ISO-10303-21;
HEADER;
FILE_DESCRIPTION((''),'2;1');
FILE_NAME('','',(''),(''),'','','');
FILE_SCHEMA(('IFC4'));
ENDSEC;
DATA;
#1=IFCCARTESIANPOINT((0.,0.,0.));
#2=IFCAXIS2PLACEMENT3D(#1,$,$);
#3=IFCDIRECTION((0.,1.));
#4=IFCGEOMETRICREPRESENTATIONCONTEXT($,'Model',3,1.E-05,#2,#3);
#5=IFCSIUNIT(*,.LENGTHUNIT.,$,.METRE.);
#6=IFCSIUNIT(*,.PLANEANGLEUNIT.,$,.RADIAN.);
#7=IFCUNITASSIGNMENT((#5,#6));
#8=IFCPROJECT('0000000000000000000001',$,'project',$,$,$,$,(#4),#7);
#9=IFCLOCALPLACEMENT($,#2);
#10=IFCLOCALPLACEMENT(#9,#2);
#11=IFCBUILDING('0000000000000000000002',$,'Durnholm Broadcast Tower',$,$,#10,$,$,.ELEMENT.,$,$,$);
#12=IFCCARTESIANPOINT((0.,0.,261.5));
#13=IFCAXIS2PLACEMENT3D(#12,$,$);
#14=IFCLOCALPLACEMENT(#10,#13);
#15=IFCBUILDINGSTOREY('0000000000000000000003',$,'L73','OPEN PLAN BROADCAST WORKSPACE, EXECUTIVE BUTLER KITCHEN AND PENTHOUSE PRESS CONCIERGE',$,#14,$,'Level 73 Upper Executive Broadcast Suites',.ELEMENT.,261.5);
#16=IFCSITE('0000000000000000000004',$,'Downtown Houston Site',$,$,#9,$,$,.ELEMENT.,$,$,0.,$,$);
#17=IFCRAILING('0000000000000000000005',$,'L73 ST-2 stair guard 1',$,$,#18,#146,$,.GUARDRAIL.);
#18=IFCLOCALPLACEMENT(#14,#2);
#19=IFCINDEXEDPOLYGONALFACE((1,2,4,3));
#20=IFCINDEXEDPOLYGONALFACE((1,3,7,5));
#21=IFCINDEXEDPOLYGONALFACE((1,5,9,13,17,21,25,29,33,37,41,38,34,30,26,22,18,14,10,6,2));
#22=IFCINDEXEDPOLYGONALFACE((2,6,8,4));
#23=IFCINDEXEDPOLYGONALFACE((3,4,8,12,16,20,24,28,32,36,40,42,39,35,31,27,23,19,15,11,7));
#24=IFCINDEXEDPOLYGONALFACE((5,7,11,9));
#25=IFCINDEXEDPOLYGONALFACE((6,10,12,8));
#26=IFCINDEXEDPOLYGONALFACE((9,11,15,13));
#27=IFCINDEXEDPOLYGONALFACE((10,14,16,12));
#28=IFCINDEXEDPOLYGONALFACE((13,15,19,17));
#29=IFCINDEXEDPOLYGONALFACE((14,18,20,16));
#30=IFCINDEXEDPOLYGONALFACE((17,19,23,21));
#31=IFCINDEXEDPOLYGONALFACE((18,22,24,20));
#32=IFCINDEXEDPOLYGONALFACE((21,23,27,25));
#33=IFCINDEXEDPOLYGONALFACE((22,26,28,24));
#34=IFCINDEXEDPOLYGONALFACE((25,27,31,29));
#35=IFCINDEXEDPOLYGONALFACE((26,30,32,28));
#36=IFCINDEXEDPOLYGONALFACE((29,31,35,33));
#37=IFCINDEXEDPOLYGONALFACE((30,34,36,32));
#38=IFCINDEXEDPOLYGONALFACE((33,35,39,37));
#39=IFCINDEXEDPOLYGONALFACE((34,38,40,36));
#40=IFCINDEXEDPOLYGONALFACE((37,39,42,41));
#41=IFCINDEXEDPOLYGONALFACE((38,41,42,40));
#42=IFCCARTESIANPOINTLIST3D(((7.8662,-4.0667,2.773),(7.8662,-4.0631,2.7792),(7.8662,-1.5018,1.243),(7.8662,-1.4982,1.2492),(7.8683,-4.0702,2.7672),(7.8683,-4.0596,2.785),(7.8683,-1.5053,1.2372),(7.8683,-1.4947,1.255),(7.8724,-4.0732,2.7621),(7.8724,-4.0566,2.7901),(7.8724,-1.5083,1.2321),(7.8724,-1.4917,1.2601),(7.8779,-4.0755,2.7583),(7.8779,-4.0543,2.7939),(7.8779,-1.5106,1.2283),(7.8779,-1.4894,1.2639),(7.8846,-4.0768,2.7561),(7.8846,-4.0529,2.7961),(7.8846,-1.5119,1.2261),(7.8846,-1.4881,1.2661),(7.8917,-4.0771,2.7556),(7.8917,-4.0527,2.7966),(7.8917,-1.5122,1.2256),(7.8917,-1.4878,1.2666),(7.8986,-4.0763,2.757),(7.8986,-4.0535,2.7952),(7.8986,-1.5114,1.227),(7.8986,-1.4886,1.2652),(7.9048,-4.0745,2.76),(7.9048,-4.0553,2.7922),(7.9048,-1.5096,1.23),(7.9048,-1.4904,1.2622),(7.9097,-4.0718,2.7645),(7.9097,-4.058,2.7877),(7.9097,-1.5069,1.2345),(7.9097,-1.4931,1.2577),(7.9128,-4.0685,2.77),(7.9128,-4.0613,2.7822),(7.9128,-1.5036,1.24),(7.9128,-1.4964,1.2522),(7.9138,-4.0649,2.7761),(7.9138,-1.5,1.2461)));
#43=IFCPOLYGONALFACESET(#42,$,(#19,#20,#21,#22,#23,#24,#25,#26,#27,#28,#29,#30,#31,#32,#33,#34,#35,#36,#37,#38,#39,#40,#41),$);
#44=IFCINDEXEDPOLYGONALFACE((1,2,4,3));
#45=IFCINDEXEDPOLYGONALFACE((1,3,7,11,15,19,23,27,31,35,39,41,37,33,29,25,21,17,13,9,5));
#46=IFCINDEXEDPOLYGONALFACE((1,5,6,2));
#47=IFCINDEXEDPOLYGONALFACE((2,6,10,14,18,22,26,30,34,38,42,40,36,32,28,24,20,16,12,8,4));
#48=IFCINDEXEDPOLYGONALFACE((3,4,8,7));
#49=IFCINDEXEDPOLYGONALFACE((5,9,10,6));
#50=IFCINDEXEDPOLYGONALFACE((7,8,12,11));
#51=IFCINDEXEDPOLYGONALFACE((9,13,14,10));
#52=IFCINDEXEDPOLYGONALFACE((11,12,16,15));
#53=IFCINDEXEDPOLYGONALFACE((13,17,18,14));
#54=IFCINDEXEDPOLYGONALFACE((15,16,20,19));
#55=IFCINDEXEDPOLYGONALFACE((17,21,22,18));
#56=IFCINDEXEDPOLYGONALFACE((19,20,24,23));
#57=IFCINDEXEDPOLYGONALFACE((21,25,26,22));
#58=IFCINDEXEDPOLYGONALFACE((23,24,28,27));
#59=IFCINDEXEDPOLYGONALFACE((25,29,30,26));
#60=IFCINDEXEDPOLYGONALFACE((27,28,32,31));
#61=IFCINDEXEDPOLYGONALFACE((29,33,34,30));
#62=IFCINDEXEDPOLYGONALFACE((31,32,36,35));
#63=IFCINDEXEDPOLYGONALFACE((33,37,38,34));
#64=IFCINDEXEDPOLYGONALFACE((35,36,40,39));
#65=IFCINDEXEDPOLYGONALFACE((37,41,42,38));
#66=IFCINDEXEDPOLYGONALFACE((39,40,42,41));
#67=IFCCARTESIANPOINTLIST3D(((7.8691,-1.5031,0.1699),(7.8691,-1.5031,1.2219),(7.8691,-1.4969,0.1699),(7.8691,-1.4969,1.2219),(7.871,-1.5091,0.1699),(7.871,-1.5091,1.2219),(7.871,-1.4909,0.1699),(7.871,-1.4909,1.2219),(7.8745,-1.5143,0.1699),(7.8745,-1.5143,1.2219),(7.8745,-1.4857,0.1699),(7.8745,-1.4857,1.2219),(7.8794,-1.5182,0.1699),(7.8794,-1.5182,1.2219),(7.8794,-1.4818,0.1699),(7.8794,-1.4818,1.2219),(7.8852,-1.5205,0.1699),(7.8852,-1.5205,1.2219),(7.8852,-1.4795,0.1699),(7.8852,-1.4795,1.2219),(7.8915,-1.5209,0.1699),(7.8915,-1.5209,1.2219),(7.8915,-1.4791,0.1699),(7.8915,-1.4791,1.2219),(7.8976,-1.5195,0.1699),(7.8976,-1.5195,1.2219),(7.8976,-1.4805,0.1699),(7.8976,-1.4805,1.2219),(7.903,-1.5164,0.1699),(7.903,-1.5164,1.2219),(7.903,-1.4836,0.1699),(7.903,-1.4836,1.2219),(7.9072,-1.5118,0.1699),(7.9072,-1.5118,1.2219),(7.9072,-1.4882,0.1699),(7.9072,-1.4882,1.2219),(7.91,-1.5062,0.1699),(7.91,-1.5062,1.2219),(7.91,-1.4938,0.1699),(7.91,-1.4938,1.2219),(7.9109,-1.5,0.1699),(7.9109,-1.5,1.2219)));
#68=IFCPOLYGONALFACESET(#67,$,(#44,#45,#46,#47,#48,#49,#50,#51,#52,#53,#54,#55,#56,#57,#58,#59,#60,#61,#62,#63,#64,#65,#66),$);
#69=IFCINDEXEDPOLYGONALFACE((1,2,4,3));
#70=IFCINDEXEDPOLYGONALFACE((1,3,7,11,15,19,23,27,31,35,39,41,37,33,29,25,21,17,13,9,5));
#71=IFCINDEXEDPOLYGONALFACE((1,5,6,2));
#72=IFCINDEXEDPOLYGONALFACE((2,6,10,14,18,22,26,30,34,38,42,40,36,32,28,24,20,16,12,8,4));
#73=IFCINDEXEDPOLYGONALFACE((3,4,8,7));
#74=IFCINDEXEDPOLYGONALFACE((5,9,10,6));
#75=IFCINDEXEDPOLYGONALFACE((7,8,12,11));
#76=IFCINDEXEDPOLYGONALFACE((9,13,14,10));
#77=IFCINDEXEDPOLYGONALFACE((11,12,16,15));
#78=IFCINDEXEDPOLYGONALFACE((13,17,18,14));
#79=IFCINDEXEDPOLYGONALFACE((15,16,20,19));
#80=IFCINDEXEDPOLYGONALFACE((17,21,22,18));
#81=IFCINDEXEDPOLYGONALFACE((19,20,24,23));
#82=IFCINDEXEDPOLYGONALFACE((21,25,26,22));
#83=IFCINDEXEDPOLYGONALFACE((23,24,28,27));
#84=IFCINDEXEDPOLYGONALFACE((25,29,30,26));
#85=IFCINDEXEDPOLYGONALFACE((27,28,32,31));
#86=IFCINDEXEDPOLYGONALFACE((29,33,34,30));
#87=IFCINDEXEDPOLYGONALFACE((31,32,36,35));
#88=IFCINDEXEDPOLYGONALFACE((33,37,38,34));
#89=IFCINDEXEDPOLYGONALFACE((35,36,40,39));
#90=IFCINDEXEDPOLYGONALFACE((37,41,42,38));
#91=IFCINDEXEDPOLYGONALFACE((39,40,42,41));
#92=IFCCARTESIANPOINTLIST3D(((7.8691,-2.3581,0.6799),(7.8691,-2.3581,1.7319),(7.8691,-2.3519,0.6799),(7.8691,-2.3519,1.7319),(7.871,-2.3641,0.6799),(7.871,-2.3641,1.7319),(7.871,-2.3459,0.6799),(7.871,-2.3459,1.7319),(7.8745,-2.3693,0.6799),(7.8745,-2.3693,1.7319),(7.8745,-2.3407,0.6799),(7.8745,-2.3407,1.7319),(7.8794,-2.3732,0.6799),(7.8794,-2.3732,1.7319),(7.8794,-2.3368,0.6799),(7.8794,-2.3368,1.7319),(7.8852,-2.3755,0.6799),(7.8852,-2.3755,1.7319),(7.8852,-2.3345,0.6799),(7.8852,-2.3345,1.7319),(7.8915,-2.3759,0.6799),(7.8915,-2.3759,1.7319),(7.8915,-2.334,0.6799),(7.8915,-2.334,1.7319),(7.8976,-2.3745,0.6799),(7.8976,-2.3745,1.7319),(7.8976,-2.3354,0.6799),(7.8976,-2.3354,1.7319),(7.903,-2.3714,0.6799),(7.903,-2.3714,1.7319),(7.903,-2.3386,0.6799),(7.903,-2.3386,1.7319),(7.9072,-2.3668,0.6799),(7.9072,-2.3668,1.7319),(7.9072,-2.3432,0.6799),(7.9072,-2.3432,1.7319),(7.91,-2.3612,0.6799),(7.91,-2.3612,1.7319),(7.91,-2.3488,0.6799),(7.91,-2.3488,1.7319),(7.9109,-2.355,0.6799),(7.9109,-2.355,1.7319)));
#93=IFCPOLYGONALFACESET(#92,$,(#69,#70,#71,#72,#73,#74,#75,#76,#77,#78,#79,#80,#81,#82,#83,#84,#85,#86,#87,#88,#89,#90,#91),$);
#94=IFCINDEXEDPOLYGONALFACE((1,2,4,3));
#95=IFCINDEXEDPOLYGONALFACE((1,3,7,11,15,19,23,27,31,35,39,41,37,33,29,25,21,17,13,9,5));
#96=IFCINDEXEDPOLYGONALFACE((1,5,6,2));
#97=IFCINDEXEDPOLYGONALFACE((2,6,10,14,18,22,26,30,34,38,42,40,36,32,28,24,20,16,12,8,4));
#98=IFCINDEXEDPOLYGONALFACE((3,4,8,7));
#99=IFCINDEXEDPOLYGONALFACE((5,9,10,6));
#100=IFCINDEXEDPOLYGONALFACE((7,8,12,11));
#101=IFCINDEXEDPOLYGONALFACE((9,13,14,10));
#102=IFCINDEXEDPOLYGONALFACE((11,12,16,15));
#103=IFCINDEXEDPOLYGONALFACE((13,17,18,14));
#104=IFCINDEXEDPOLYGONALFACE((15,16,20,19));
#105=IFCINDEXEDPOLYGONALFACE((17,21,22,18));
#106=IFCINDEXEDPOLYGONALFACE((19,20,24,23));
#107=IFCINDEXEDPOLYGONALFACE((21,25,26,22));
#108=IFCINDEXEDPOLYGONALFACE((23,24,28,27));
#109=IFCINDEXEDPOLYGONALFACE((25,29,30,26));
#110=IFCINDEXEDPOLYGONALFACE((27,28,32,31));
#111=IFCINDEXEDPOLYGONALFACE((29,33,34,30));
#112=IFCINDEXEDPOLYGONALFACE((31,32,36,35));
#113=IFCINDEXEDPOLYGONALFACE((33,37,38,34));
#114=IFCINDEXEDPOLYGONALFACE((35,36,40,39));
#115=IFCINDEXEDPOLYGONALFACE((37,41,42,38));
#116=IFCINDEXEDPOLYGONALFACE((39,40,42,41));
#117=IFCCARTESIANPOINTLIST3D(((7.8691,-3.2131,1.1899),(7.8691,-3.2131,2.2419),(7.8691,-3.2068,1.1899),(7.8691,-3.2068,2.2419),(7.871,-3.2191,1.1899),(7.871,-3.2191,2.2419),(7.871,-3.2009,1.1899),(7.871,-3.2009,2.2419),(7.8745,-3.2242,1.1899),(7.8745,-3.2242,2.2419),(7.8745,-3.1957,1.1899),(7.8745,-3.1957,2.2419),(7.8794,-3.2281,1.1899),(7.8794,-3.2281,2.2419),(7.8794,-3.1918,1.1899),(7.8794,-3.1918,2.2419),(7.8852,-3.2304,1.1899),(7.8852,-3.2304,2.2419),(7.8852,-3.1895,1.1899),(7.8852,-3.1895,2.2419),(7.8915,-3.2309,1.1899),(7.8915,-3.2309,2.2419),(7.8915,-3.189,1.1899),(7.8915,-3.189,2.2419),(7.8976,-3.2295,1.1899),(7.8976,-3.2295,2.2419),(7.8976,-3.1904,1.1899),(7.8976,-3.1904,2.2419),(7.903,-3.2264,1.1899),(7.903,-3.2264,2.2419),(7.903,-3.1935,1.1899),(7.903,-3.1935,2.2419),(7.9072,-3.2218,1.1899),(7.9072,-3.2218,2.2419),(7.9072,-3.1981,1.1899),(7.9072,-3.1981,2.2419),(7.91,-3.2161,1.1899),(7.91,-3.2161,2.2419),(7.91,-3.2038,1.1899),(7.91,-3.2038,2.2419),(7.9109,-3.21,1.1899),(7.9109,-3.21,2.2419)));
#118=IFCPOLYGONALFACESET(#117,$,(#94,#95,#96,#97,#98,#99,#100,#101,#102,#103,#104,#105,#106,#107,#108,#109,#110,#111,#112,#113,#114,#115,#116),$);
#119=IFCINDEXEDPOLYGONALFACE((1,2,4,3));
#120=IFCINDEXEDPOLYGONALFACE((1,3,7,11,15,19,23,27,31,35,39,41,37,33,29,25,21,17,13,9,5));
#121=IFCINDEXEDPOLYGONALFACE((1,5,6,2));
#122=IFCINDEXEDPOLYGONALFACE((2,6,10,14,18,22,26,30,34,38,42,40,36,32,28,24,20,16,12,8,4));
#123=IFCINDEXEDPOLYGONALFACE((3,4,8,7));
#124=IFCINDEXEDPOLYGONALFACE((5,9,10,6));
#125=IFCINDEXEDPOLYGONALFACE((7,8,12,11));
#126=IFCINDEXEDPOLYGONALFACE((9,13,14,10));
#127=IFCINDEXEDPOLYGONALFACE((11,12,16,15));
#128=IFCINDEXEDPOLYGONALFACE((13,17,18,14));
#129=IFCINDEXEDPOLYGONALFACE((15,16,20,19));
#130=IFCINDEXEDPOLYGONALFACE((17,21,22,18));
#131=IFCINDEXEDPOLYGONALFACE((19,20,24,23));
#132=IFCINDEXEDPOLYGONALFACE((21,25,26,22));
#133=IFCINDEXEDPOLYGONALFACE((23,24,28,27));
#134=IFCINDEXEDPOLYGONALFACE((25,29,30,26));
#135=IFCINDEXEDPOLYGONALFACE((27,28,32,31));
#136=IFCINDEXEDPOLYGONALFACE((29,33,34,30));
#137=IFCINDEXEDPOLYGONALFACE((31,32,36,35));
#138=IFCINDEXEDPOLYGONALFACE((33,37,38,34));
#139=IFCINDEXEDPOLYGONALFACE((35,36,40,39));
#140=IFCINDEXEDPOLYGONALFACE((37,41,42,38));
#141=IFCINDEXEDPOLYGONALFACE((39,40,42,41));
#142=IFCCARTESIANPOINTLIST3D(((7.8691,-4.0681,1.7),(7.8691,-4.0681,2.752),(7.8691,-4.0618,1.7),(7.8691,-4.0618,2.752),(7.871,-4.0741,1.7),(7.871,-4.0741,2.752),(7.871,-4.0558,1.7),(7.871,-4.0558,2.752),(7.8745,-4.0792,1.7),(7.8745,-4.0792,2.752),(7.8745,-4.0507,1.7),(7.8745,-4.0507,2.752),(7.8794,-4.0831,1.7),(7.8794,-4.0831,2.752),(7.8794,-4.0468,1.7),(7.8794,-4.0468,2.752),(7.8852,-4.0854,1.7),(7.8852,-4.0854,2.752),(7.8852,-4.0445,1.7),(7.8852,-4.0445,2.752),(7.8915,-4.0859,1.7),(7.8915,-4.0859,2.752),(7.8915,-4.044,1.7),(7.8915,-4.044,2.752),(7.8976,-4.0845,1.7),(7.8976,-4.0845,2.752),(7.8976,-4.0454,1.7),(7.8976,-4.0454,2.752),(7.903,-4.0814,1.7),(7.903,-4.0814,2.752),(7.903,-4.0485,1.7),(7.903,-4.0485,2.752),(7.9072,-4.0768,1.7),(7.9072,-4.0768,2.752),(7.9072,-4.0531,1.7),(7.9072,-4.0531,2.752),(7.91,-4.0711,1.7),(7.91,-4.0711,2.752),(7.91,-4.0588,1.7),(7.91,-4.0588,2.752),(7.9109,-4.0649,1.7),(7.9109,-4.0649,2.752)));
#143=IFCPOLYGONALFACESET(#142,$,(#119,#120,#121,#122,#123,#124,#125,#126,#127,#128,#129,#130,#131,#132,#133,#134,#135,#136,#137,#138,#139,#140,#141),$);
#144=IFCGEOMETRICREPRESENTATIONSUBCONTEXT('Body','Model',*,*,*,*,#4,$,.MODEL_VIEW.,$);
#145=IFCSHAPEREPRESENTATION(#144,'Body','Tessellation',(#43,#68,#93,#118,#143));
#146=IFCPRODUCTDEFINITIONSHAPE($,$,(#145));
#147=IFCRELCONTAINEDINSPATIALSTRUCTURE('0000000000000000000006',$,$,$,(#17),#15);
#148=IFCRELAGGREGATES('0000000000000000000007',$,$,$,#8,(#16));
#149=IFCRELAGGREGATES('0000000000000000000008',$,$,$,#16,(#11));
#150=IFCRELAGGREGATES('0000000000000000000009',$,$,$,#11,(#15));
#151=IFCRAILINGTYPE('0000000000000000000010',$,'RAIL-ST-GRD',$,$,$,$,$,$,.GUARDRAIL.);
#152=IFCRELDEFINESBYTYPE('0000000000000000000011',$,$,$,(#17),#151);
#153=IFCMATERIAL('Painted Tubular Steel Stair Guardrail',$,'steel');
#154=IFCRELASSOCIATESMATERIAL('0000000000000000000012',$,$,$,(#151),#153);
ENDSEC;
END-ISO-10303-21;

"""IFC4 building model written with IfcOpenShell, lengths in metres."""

from ifc_helpers import new_model, si_unit, direction, frame, origin, origin_2d, place, context, subcontext, project, spatial, circle, extrude, material, type_object, element, save


model = new_model("IFC4")

# Units and contexts
model_context = context("Model", 3, precision=1e-05, world=origin(), true_north=direction((0.0, 1.0)))
body_context = subcontext(model_context, "Body", "Model", "MODEL_VIEW")
ifc_project = project(units=[si_unit("LENGTHUNIT", "METRE"), si_unit("PLANEANGLEUNIT", "RADIAN")], contexts=[model_context])

# Site, building, storey
site_placement = place(None, origin())
site = spatial("IfcSite", under=ifc_project, at=site_placement, Name="Downtown Houston Site", CompositionType="ELEMENT", RefElevation=0.0)
building_placement = place(site_placement, origin())
building = spatial("IfcBuilding", under=site, at=building_placement, Name="Durnholm Broadcast Tower", CompositionType="ELEMENT")
storey_placement = place(building_placement, frame((0.0, 0.0, 261.5)))
storey = spatial("IfcBuildingStorey", under=building, at=storey_placement, Name="L73", Description="OPEN PLAN BROADCAST WORKSPACE, EXECUTIVE BUTLER KITCHEN AND PENTHOUSE PRESS CONCIERGE", LongName="Level 73 Upper Executive Broadcast Suites", CompositionType="ELEMENT", Elevation=261.5)

# Railing
ifc_material_1 = material(Name="Painted Tubular Steel Stair Guardrail", Category="steel")
railing_type_1 = type_object("IfcRailingType", Name="RAIL-ST-GRD", PredefinedType="GUARDRAIL", material=ifc_material_1)
railing_1_placement = place(storey_placement, frame((7.8899, -1.5, 0.1699)))
element("IfcRailing", 1, at=railing_1_placement, inside=storey, type_object=railing_type_1, Name="L73 ST-2 stair guard 1", PredefinedType="GUARDRAIL", context=body_context, shape_type="SweptSolid", body=[
    extrude(circle(Radius=0.0239, at=origin_2d()), frame((0.0, 0.0, 1.0762), z_axis=(0.0, -0.85881, 0.512294), x_axis=(1.0, 0.0, 0.0)), (0.0, 0.0, 1.0), 2.9866),
    extrude(circle(Radius=0.021, at=origin_2d()), origin(), (0.0, 0.0, 1.0), 1.052),
    extrude(circle(Radius=0.021, at=origin_2d()), frame((0.0, -0.855, 0.51)), (0.0, 0.0, 1.0), 1.052),
    extrude(circle(Radius=0.021, at=origin_2d()), frame((0.0, -1.71, 1.02)), (0.0, 0.0, 1.0), 1.052),
    extrude(circle(Radius=0.021, at=origin_2d()), frame((0.0, -2.5649, 1.53)), (0.0, 0.0, 1.0), 1.052),
])

save(model, "model.ifc")
